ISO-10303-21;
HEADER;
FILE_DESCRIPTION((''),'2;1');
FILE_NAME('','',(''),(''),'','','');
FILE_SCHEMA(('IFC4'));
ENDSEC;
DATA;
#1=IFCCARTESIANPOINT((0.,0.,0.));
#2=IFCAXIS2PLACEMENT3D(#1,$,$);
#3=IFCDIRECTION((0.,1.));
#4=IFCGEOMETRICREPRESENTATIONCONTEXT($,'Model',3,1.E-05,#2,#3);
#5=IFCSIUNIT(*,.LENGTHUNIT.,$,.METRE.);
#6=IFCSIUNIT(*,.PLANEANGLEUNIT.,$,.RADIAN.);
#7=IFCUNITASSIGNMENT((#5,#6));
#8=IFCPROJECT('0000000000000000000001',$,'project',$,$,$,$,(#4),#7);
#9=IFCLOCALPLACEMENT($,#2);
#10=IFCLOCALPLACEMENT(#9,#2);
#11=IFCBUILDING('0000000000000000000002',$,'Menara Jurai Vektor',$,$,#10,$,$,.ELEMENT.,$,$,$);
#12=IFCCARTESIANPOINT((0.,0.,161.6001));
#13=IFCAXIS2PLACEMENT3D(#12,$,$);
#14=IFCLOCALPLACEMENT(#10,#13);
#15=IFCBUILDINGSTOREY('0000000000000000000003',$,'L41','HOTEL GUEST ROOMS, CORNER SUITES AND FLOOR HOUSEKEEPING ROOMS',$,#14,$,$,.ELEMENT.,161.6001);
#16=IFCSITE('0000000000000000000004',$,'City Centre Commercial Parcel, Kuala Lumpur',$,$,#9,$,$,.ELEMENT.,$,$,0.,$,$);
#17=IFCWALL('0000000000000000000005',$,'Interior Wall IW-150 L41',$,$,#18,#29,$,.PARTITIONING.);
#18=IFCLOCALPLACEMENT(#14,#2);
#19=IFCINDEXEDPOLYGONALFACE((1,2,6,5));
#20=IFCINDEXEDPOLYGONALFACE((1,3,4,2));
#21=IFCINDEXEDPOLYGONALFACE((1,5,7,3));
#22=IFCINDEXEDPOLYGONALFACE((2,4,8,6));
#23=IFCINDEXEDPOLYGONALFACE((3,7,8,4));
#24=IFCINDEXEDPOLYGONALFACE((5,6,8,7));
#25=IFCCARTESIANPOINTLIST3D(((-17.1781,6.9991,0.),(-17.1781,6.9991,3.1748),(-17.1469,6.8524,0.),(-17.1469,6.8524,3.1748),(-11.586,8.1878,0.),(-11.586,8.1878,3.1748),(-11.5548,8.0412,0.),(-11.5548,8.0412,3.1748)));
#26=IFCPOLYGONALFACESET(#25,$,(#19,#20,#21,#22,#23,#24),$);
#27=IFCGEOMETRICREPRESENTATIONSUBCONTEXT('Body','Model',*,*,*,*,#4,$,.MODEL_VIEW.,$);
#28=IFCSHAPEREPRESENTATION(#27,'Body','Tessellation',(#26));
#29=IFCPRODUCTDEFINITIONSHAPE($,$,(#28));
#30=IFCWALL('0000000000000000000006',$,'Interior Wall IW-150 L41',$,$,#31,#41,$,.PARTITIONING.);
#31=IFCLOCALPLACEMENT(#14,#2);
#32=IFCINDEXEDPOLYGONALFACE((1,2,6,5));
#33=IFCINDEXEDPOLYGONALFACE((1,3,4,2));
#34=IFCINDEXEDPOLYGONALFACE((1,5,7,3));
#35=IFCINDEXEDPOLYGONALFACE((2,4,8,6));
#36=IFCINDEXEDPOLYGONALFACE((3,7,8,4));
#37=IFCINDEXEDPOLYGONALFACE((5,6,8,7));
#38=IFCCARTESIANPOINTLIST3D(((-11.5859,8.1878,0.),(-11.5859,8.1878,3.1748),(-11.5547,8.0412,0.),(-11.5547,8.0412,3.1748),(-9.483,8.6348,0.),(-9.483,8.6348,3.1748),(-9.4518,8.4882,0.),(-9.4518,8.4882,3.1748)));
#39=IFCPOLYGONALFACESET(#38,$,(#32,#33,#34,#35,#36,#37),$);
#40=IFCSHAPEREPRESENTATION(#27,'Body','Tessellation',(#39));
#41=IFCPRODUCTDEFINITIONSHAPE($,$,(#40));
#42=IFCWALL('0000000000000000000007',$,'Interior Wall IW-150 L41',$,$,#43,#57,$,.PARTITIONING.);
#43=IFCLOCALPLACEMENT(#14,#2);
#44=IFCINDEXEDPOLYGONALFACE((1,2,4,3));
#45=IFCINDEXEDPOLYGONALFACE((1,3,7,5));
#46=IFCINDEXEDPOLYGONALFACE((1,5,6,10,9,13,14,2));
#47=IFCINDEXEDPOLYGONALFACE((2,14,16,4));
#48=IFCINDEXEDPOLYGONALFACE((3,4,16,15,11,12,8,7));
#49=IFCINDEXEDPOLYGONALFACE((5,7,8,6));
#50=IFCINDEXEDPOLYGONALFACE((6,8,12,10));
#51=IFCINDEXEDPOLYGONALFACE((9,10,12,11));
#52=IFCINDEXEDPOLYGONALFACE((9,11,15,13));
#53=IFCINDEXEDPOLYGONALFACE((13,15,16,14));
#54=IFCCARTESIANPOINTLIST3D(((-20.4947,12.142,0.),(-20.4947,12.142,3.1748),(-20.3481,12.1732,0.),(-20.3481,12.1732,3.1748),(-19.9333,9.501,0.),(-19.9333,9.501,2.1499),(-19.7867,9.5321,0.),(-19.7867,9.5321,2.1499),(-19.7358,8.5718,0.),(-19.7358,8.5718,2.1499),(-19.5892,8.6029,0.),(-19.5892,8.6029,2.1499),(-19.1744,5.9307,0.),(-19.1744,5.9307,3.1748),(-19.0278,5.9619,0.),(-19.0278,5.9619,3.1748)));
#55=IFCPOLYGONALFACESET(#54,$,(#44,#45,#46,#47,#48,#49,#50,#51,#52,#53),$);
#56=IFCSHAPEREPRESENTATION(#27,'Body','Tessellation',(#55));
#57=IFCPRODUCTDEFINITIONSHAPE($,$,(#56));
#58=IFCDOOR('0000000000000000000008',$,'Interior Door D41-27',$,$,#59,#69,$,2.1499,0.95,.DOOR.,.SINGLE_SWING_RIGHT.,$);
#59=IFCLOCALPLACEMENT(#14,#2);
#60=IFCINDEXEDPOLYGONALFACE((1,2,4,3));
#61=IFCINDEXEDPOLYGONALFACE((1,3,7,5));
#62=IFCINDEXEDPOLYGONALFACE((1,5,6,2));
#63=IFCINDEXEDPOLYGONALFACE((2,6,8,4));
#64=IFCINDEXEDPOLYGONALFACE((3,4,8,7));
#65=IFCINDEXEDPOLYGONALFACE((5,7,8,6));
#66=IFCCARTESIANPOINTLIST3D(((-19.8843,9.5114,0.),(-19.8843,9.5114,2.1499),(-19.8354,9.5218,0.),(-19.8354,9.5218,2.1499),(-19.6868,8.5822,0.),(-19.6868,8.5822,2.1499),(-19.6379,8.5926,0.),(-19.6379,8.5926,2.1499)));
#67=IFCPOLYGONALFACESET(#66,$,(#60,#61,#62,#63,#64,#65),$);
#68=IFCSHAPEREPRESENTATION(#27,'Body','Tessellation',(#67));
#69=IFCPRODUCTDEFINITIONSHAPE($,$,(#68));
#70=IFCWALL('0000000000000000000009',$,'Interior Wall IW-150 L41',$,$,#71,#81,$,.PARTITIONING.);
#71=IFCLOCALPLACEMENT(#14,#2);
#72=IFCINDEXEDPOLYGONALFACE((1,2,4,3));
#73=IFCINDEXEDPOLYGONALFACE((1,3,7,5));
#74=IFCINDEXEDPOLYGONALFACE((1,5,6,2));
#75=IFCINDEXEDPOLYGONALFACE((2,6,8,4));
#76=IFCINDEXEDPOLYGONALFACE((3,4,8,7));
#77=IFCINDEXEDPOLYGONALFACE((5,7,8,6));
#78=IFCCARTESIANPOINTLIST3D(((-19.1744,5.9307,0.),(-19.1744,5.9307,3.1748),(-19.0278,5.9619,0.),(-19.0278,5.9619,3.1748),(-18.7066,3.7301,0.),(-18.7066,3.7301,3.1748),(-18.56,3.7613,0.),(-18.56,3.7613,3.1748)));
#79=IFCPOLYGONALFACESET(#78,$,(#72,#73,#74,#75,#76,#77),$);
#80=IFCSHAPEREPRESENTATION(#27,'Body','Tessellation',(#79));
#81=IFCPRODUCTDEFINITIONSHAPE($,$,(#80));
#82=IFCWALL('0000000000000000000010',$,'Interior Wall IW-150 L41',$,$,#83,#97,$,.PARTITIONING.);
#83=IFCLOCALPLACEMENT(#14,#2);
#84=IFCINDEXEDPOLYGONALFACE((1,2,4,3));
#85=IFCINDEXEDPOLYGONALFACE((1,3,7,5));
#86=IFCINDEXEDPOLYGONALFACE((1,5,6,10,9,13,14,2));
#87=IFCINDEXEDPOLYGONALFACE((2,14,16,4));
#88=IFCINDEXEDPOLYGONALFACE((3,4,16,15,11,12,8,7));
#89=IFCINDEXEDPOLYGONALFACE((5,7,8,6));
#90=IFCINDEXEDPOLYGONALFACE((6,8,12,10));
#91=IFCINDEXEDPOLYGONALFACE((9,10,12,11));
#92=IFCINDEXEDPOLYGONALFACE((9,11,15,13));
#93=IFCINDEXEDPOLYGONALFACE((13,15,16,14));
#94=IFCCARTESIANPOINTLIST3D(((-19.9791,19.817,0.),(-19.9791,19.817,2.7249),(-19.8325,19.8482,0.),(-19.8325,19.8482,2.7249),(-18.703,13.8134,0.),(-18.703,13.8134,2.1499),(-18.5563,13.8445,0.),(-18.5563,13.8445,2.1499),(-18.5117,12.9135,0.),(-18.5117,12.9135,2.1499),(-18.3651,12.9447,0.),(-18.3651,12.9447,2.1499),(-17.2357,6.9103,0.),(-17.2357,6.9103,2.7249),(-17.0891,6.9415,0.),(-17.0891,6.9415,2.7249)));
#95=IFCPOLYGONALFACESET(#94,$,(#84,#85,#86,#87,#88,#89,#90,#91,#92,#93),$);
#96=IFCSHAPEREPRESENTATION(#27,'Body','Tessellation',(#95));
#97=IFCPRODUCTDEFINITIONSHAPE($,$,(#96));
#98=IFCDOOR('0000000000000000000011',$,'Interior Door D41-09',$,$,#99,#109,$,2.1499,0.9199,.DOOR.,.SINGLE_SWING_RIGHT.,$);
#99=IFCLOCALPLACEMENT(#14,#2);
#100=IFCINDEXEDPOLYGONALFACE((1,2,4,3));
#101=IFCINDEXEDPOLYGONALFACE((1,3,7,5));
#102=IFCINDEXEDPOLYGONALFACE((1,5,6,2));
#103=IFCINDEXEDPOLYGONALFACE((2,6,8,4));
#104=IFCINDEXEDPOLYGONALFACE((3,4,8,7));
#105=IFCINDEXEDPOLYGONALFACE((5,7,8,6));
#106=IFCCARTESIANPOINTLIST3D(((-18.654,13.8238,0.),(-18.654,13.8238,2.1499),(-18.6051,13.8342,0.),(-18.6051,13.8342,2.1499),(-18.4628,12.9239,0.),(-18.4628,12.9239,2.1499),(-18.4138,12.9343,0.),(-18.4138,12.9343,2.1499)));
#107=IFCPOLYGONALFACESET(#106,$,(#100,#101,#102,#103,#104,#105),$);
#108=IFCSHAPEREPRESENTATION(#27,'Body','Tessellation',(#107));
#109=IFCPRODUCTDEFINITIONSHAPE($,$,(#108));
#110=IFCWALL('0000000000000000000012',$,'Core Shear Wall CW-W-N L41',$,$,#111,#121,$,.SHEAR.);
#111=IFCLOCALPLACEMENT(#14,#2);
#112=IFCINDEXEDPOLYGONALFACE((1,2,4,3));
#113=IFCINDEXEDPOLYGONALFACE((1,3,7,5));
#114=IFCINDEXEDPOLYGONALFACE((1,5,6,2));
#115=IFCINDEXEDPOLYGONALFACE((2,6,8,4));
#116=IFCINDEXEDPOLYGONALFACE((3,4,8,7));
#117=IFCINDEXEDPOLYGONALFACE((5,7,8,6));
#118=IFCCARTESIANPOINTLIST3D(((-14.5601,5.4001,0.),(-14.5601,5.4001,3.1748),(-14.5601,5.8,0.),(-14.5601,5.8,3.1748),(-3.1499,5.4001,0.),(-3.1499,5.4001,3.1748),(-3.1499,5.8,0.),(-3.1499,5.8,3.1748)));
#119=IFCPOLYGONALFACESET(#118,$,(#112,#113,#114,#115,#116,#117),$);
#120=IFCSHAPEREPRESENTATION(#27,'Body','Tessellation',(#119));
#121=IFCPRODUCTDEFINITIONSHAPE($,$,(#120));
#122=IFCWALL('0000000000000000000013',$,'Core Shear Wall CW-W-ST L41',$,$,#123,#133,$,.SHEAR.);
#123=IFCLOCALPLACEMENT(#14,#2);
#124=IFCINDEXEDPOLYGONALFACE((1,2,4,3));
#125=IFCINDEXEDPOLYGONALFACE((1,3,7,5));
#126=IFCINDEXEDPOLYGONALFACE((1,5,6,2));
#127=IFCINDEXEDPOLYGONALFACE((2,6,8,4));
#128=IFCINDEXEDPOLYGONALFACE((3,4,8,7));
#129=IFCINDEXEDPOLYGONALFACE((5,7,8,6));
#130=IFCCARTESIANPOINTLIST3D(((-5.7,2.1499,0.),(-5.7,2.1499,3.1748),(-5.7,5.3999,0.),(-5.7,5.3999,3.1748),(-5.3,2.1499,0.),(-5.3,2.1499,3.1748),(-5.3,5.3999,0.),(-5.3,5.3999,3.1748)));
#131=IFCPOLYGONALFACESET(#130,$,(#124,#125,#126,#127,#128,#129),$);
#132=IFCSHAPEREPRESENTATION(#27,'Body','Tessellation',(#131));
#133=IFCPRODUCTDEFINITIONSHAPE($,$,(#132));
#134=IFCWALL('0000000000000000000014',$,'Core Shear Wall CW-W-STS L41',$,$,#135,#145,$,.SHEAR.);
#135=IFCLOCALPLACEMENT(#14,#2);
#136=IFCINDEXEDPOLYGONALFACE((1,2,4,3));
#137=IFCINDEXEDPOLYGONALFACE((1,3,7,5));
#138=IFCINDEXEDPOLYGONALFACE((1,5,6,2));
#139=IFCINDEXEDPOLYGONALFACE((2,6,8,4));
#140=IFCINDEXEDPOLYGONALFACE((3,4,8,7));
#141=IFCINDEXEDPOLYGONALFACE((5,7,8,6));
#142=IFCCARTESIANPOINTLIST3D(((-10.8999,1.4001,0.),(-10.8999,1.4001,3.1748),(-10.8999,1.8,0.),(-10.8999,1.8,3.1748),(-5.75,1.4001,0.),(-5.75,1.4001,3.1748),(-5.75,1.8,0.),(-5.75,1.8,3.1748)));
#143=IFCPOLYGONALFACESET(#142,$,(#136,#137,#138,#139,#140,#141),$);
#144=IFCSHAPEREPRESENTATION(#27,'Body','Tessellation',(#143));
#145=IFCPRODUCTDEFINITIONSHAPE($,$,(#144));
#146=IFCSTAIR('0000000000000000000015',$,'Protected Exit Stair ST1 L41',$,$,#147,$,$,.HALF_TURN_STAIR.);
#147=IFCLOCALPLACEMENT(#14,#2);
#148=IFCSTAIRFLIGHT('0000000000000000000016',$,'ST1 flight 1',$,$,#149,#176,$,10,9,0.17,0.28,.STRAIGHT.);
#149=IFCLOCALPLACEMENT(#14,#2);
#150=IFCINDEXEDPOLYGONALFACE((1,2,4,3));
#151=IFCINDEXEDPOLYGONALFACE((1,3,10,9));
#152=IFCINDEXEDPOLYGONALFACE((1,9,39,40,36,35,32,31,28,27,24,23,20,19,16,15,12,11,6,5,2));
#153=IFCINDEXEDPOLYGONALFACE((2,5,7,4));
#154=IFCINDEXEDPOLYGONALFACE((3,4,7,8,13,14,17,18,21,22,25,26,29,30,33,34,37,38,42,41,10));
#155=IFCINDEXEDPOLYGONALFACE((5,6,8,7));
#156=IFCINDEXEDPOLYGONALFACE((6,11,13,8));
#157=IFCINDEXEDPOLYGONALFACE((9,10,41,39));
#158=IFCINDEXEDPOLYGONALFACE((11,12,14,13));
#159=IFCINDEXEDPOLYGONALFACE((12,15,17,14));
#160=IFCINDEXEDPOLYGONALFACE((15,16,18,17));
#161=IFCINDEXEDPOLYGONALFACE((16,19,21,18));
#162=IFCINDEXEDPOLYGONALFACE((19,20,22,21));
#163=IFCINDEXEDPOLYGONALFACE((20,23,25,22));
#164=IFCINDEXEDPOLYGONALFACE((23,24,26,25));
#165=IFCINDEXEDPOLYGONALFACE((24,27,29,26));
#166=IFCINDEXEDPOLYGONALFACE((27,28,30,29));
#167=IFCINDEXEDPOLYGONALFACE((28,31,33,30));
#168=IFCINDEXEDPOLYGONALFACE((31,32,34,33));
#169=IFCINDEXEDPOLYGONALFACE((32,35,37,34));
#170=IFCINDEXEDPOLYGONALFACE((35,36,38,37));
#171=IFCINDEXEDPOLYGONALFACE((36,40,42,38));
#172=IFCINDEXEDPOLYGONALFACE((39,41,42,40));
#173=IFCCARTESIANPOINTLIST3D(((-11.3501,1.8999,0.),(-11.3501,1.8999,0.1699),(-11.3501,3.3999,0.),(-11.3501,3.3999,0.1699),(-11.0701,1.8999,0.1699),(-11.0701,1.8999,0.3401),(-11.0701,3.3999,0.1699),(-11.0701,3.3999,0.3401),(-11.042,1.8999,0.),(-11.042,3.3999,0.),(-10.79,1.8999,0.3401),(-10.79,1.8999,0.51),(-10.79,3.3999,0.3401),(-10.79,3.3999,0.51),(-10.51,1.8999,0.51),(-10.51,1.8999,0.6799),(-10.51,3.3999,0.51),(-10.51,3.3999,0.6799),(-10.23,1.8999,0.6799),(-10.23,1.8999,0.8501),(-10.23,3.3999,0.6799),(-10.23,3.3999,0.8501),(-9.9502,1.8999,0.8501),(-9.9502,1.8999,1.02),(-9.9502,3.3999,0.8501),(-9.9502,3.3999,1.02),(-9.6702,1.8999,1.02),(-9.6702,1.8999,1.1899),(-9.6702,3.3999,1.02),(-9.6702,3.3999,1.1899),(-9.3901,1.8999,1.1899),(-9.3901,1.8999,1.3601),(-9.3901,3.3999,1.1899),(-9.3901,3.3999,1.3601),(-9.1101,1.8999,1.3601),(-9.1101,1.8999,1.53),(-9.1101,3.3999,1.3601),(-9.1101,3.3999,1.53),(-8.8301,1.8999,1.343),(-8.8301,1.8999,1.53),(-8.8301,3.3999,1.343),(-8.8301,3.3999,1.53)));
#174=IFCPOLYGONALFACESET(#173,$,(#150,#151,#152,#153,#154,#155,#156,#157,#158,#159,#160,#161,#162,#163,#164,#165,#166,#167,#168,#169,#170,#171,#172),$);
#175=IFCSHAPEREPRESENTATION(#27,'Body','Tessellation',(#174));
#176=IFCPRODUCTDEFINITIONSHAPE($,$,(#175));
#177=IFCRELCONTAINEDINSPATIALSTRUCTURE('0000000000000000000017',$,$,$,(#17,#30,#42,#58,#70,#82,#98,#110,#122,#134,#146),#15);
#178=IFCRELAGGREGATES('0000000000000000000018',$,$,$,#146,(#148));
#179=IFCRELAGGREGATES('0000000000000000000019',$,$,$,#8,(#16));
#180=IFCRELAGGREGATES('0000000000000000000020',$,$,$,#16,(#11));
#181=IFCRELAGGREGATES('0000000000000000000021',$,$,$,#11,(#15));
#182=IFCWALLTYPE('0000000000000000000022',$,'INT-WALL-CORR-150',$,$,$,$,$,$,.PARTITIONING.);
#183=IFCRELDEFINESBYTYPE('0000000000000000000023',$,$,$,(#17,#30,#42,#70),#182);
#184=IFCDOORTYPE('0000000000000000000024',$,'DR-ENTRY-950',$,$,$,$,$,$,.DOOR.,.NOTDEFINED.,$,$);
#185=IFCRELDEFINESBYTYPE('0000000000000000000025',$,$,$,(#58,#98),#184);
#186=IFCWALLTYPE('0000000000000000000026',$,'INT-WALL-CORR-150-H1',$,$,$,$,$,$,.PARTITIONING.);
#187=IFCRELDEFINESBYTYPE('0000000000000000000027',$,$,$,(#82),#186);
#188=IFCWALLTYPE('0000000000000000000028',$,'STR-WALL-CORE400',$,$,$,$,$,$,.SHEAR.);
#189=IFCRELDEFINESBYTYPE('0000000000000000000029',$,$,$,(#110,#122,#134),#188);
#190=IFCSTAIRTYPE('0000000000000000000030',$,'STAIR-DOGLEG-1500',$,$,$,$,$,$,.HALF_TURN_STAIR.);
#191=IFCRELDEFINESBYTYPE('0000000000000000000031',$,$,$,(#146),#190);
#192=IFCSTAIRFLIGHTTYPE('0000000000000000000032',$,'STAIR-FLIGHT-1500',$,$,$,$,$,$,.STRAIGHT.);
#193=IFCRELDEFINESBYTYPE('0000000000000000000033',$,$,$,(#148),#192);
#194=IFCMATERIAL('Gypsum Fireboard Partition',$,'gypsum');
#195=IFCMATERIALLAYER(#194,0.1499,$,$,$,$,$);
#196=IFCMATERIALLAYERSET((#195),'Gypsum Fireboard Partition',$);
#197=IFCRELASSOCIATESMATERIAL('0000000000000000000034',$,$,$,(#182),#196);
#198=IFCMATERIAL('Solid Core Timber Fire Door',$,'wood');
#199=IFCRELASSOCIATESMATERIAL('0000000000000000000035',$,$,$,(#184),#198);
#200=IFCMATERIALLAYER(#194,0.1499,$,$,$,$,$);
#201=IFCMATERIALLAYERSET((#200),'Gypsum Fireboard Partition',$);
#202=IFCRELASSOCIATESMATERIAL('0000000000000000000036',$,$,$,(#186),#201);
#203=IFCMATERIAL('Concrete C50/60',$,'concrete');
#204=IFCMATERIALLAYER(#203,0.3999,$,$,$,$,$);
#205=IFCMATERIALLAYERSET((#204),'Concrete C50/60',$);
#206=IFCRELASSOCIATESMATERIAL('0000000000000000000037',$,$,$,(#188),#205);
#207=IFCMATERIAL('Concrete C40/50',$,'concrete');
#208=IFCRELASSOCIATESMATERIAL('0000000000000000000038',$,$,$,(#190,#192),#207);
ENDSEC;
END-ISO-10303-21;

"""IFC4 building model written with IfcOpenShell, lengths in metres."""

from ifc_helpers import new_model, si_unit, direction, frame, frame_2d, origin, place, context, subcontext, project, spatial, polyline, rectangle, outline, extrude, material, layer, layer_set, type_object, element, fill, aggregate, save


model = new_model("IFC4")

# Units and contexts
model_context = context("Model", 3, precision=1e-05, world=origin(), true_north=direction((0.0, 1.0)))
body_context = subcontext(model_context, "Body", "Model", "MODEL_VIEW")
ifc_project = project(units=[si_unit("LENGTHUNIT", "METRE"), si_unit("PLANEANGLEUNIT", "RADIAN")], contexts=[model_context])

# Site, building, storey
site_placement = place(None, origin())
site = spatial("IfcSite", under=ifc_project, at=site_placement, Name="City Centre Commercial Parcel, Kuala Lumpur", CompositionType="ELEMENT", RefElevation=0.0)
building_placement = place(site_placement, origin())
building = spatial("IfcBuilding", under=site, at=building_placement, Name="Menara Jurai Vektor", CompositionType="ELEMENT")
storey_placement = place(building_placement, frame((0.0, 0.0, 161.6001)))
storey = spatial("IfcBuildingStorey", under=building, at=storey_placement, Name="L41", Description="HOTEL GUEST ROOMS, CORNER SUITES AND FLOOR HOUSEKEEPING ROOMS", CompositionType="ELEMENT", Elevation=161.6001)

# Shared definitions
ifc_material_1 = material(Name="Concrete C50/60", Category="concrete")

# Shared definitions
ifc_material_2 = material(Name="Concrete C40/50", Category="concrete")

# Walls
ifc_material_3 = material(Name="Gypsum Fireboard Partition", Category="gypsum")
ifc_layer_1 = layer(ifc_material_3, 0.1499)
ifc_layer_set_1 = layer_set([ifc_layer_1], Name="Gypsum Fireboard Partition")
wall_type_1 = type_object("IfcWallType", Name="INT-WALL-CORR-150", PredefinedType="PARTITIONING", material=ifc_layer_set_1)
wall_1_placement = place(storey_placement, frame((-17.1624, 6.9258, 0.0), z_axis=(0.0, 0.0, 1.0), x_axis=(0.978144, 0.207928, 0.0)))
element("IfcWall", 1, at=wall_1_placement, inside=storey, type_object=wall_type_1, Name="Interior Wall IW-150 L41", PredefinedType="PARTITIONING", context=body_context, shape_type="SweptSolid", body=[
    extrude(rectangle(XDim=5.717, YDim=0.1499, at=frame_2d((2.8584, 0.0))), origin(), (0.0, 0.0, 1.0), 3.1748),
])
wall_2_placement = place(storey_placement, frame((-11.5703, 8.1145, 0.0), z_axis=(0.0, 0.0, 1.0), x_axis=(0.978147, 0.207916, 0.0)))
element("IfcWall", 2, at=wall_2_placement, inside=storey, type_object=wall_type_1, Name="Interior Wall IW-150 L41", PredefinedType="PARTITIONING", context=body_context, shape_type="SweptSolid", body=[
    extrude(rectangle(XDim=2.1499, YDim=0.1499, at=frame_2d((1.075, 0.0))), origin(), (0.0, 0.0, 1.0), 3.1748),
])

# Wall, opening, door
wall_3_placement = place(storey_placement, frame((-19.1011, 5.9463, 0.0), z_axis=(0.0, 0.0, 1.0), x_axis=(-0.207917, 0.978147, 0.0)))
wall_3 = element("IfcWall", 3, at=wall_3_placement, inside=storey, type_object=wall_type_1, Name="Interior Wall IW-150 L41", PredefinedType="PARTITIONING", context=body_context, shape_type="SweptSolid", body=[
    extrude(rectangle(XDim=6.3501, YDim=0.1499, at=frame_2d((3.175, 0.0))), origin(), (0.0, 0.0, 1.0), 3.1748),
])
opening_1_placement = place(wall_3_placement, frame((2.7, 0.0, 0.0)))
opening_1 = element("IfcOpeningElement", 4, at=opening_1_placement, cuts=wall_3, PredefinedType="OPENING", context=body_context, shape_type="SweptSolid", body=[
    extrude(rectangle(XDim=0.95, YDim=2.1499, at=frame_2d((0.4751, 1.075))), frame((0.0, 0.085, 0.0), z_axis=(0.0, -1.0, 0.0), x_axis=(1.0, 0.0, 0.0)), (0.0, 0.0, 1.0), 0.1699),
])
ifc_material_4 = material(Name="Solid Core Timber Fire Door", Category="wood")
door_type_1 = type_object("IfcDoorType", Name="DR-ENTRY-950", OperationType="NOTDEFINED", PredefinedType="DOOR", material=ifc_material_4)
door_1_placement = place(opening_1_placement, origin())
door_1 = element("IfcDoor", 5, at=door_1_placement, inside=storey, type_object=door_type_1, Name="Interior Door D41-27", OperationType="SINGLE_SWING_RIGHT", OverallHeight=2.1499, OverallWidth=0.95, PredefinedType="DOOR", context=body_context, shape_type="SweptSolid", body=[
    extrude(rectangle(XDim=0.95, YDim=2.1499, at=frame_2d((0.4751, 1.075))), frame((0.0, 0.0249, 0.0), z_axis=(0.0, -1.0, 0.0), x_axis=(1.0, 0.0, 0.0)), (0.0, 0.0, 1.0), 0.05),
])
fill(opening_1, door_1)

# Wall
wall_4_placement = place(storey_placement, frame((-18.6333, 3.7456, 0.0), z_axis=(0.0, 0.0, 1.0), x_axis=(-0.207913, 0.978147, 0.0)))
element("IfcWall", 6, at=wall_4_placement, inside=storey, type_object=wall_type_1, Name="Interior Wall IW-150 L41", PredefinedType="PARTITIONING", context=body_context, shape_type="SweptSolid", body=[
    extrude(rectangle(XDim=2.2498, YDim=0.1499, at=frame_2d((1.125, 0.0))), origin(), (0.0, 0.0, 1.0), 3.1748),
])

# Wall, opening, door
ifc_layer_2 = layer(ifc_material_3, 0.1499)
ifc_layer_set_2 = layer_set([ifc_layer_2], Name="Gypsum Fireboard Partition")
wall_type_2 = type_object("IfcWallType", Name="INT-WALL-CORR-150-H1", PredefinedType="PARTITIONING", material=ifc_layer_set_2)
wall_5_placement = place(storey_placement, frame((-17.1624, 6.9258, 0.0), z_axis=(0.0, 0.0, 1.0), x_axis=(-0.207911, 0.978148, 0.0)))
wall_5 = element("IfcWall", 7, at=wall_5_placement, inside=storey, type_object=wall_type_2, Name="Interior Wall IW-150 L41", PredefinedType="PARTITIONING", context=body_context, shape_type="SweptSolid", body=[
    extrude(rectangle(XDim=13.1951, YDim=0.1499, at=frame_2d((6.5977, 0.0))), origin(), (0.0, 0.0, 1.0), 2.7249),
])
opening_2_placement = place(wall_5_placement, frame((6.1375, 0.0, 0.0)))
opening_2 = element("IfcOpeningElement", 8, at=opening_2_placement, cuts=wall_5, PredefinedType="OPENING", context=body_context, shape_type="SweptSolid", body=[
    extrude(rectangle(XDim=0.9199, YDim=2.1499, at=frame_2d((0.46, 1.075))), frame((0.0, 0.085, 0.0), z_axis=(0.0, -1.0, 0.0), x_axis=(1.0, 0.0, 0.0)), (0.0, 0.0, 1.0), 0.1699),
])
door_2_placement = place(opening_2_placement, origin())
door_2 = element("IfcDoor", 9, at=door_2_placement, inside=storey, type_object=door_type_1, Name="Interior Door D41-09", OperationType="SINGLE_SWING_RIGHT", OverallHeight=2.1499, OverallWidth=0.9199, PredefinedType="DOOR", context=body_context, shape_type="SweptSolid", body=[
    extrude(rectangle(XDim=0.9199, YDim=2.1499, at=frame_2d((0.46, 1.075))), frame((0.0, 0.0249, 0.0), z_axis=(0.0, -1.0, 0.0), x_axis=(1.0, 0.0, 0.0)), (0.0, 0.0, 1.0), 0.05),
])
fill(opening_2, door_2)

# Walls
ifc_layer_3 = layer(ifc_material_1, 0.3999)
ifc_layer_set_3 = layer_set([ifc_layer_3], Name="Concrete C50/60")
wall_type_3 = type_object("IfcWallType", Name="STR-WALL-CORE400", PredefinedType="SHEAR", material=ifc_layer_set_3)
wall_6_placement = place(storey_placement, frame((-14.5601, 5.6001, 0.0), z_axis=(0.0, 0.0, 1.0), x_axis=(1.0, 0.0, 0.0)))
element("IfcWall", 10, at=wall_6_placement, inside=storey, type_object=wall_type_3, Name="Core Shear Wall CW-W-N L41", PredefinedType="SHEAR", context=body_context, shape_type="SweptSolid", body=[
    extrude(rectangle(XDim=11.4102, YDim=0.3999, at=frame_2d((5.7051, 0.0))), origin(), (0.0, 0.0, 1.0), 3.1748),
])
wall_7_placement = place(storey_placement, frame((-5.5, 2.1499, 0.0), z_axis=(0.0, 0.0, 1.0), x_axis=(0.0, 1.0, 0.0)))
element("IfcWall", 11, at=wall_7_placement, inside=storey, type_object=wall_type_3, Name="Core Shear Wall CW-W-ST L41", PredefinedType="SHEAR", context=body_context, shape_type="SweptSolid", body=[
    extrude(rectangle(XDim=3.25, YDim=0.3999, at=frame_2d((1.625, 0.0))), origin(), (0.0, 0.0, 1.0), 3.1748),
])
wall_8_placement = place(storey_placement, frame((-10.8999, 1.6001, 0.0), z_axis=(0.0, 0.0, 1.0), x_axis=(1.0, 0.0, 0.0)))
element("IfcWall", 12, at=wall_8_placement, inside=storey, type_object=wall_type_3, Name="Core Shear Wall CW-W-STS L41", PredefinedType="SHEAR", context=body_context, shape_type="SweptSolid", body=[
    extrude(rectangle(XDim=5.1499, YDim=0.3999, at=frame_2d((2.575, 0.0))), origin(), (0.0, 0.0, 1.0), 3.1748),
])

# Stair, stair flight
stair_type = type_object("IfcStairType", Name="STAIR-DOGLEG-1500", PredefinedType="HALF_TURN_STAIR", material=ifc_material_2)
stair_placement = place(storey_placement, origin())
stair = element("IfcStair", 13, at=stair_placement, inside=storey, type_object=stair_type, Name="Protected Exit Stair ST1 L41", PredefinedType="HALF_TURN_STAIR")
stair_flight_type = type_object("IfcStairFlightType", Name="STAIR-FLIGHT-1500", PredefinedType="STRAIGHT", material=ifc_material_2)
stair_flight_1_placement = place(storey_placement, frame((-11.3501, 2.6499, 0.0), z_axis=(0.0, 0.0, 1.0), x_axis=(1.0, 0.0, 0.0)))
stair_flight_1 = element("IfcStairFlight", 14, at=stair_flight_1_placement, type_object=stair_flight_type, Name="ST1 flight 1", NumberOfRisers=10, NumberOfTreads=9, PredefinedType="STRAIGHT", RiserHeight=0.17, TreadLength=0.28, context=body_context, shape_type="SweptSolid", body=[
    extrude(outline(polyline([(0.0, 0.0), (0.0, 0.1699), (0.28, 0.1699), (0.28, 0.3401), (0.5601, 0.3401), (0.5601, 0.51), (0.8401, 0.51), (0.8401, 0.6799), (1.1201, 0.6799), (1.1201, 0.8501), (1.3999, 0.8501), (1.3999, 1.02), (1.6799, 1.02), (1.6799, 1.1899), (1.96, 1.1899), (1.96, 1.3601), (2.24, 1.3601), (2.24, 1.53), (2.52, 1.53), (2.52, 1.7), (2.52, 1.343), (0.3081, 0.0), (0.0, 0.0)])), frame((0.0, 0.75, 0.0), z_axis=(0.0, -1.0, 0.0), x_axis=(1.0, 0.0, 0.0)), (0.0, 0.0, 1.0), 1.5),
])
aggregate(stair, [stair_flight_1])

save(model, "model.ifc")
